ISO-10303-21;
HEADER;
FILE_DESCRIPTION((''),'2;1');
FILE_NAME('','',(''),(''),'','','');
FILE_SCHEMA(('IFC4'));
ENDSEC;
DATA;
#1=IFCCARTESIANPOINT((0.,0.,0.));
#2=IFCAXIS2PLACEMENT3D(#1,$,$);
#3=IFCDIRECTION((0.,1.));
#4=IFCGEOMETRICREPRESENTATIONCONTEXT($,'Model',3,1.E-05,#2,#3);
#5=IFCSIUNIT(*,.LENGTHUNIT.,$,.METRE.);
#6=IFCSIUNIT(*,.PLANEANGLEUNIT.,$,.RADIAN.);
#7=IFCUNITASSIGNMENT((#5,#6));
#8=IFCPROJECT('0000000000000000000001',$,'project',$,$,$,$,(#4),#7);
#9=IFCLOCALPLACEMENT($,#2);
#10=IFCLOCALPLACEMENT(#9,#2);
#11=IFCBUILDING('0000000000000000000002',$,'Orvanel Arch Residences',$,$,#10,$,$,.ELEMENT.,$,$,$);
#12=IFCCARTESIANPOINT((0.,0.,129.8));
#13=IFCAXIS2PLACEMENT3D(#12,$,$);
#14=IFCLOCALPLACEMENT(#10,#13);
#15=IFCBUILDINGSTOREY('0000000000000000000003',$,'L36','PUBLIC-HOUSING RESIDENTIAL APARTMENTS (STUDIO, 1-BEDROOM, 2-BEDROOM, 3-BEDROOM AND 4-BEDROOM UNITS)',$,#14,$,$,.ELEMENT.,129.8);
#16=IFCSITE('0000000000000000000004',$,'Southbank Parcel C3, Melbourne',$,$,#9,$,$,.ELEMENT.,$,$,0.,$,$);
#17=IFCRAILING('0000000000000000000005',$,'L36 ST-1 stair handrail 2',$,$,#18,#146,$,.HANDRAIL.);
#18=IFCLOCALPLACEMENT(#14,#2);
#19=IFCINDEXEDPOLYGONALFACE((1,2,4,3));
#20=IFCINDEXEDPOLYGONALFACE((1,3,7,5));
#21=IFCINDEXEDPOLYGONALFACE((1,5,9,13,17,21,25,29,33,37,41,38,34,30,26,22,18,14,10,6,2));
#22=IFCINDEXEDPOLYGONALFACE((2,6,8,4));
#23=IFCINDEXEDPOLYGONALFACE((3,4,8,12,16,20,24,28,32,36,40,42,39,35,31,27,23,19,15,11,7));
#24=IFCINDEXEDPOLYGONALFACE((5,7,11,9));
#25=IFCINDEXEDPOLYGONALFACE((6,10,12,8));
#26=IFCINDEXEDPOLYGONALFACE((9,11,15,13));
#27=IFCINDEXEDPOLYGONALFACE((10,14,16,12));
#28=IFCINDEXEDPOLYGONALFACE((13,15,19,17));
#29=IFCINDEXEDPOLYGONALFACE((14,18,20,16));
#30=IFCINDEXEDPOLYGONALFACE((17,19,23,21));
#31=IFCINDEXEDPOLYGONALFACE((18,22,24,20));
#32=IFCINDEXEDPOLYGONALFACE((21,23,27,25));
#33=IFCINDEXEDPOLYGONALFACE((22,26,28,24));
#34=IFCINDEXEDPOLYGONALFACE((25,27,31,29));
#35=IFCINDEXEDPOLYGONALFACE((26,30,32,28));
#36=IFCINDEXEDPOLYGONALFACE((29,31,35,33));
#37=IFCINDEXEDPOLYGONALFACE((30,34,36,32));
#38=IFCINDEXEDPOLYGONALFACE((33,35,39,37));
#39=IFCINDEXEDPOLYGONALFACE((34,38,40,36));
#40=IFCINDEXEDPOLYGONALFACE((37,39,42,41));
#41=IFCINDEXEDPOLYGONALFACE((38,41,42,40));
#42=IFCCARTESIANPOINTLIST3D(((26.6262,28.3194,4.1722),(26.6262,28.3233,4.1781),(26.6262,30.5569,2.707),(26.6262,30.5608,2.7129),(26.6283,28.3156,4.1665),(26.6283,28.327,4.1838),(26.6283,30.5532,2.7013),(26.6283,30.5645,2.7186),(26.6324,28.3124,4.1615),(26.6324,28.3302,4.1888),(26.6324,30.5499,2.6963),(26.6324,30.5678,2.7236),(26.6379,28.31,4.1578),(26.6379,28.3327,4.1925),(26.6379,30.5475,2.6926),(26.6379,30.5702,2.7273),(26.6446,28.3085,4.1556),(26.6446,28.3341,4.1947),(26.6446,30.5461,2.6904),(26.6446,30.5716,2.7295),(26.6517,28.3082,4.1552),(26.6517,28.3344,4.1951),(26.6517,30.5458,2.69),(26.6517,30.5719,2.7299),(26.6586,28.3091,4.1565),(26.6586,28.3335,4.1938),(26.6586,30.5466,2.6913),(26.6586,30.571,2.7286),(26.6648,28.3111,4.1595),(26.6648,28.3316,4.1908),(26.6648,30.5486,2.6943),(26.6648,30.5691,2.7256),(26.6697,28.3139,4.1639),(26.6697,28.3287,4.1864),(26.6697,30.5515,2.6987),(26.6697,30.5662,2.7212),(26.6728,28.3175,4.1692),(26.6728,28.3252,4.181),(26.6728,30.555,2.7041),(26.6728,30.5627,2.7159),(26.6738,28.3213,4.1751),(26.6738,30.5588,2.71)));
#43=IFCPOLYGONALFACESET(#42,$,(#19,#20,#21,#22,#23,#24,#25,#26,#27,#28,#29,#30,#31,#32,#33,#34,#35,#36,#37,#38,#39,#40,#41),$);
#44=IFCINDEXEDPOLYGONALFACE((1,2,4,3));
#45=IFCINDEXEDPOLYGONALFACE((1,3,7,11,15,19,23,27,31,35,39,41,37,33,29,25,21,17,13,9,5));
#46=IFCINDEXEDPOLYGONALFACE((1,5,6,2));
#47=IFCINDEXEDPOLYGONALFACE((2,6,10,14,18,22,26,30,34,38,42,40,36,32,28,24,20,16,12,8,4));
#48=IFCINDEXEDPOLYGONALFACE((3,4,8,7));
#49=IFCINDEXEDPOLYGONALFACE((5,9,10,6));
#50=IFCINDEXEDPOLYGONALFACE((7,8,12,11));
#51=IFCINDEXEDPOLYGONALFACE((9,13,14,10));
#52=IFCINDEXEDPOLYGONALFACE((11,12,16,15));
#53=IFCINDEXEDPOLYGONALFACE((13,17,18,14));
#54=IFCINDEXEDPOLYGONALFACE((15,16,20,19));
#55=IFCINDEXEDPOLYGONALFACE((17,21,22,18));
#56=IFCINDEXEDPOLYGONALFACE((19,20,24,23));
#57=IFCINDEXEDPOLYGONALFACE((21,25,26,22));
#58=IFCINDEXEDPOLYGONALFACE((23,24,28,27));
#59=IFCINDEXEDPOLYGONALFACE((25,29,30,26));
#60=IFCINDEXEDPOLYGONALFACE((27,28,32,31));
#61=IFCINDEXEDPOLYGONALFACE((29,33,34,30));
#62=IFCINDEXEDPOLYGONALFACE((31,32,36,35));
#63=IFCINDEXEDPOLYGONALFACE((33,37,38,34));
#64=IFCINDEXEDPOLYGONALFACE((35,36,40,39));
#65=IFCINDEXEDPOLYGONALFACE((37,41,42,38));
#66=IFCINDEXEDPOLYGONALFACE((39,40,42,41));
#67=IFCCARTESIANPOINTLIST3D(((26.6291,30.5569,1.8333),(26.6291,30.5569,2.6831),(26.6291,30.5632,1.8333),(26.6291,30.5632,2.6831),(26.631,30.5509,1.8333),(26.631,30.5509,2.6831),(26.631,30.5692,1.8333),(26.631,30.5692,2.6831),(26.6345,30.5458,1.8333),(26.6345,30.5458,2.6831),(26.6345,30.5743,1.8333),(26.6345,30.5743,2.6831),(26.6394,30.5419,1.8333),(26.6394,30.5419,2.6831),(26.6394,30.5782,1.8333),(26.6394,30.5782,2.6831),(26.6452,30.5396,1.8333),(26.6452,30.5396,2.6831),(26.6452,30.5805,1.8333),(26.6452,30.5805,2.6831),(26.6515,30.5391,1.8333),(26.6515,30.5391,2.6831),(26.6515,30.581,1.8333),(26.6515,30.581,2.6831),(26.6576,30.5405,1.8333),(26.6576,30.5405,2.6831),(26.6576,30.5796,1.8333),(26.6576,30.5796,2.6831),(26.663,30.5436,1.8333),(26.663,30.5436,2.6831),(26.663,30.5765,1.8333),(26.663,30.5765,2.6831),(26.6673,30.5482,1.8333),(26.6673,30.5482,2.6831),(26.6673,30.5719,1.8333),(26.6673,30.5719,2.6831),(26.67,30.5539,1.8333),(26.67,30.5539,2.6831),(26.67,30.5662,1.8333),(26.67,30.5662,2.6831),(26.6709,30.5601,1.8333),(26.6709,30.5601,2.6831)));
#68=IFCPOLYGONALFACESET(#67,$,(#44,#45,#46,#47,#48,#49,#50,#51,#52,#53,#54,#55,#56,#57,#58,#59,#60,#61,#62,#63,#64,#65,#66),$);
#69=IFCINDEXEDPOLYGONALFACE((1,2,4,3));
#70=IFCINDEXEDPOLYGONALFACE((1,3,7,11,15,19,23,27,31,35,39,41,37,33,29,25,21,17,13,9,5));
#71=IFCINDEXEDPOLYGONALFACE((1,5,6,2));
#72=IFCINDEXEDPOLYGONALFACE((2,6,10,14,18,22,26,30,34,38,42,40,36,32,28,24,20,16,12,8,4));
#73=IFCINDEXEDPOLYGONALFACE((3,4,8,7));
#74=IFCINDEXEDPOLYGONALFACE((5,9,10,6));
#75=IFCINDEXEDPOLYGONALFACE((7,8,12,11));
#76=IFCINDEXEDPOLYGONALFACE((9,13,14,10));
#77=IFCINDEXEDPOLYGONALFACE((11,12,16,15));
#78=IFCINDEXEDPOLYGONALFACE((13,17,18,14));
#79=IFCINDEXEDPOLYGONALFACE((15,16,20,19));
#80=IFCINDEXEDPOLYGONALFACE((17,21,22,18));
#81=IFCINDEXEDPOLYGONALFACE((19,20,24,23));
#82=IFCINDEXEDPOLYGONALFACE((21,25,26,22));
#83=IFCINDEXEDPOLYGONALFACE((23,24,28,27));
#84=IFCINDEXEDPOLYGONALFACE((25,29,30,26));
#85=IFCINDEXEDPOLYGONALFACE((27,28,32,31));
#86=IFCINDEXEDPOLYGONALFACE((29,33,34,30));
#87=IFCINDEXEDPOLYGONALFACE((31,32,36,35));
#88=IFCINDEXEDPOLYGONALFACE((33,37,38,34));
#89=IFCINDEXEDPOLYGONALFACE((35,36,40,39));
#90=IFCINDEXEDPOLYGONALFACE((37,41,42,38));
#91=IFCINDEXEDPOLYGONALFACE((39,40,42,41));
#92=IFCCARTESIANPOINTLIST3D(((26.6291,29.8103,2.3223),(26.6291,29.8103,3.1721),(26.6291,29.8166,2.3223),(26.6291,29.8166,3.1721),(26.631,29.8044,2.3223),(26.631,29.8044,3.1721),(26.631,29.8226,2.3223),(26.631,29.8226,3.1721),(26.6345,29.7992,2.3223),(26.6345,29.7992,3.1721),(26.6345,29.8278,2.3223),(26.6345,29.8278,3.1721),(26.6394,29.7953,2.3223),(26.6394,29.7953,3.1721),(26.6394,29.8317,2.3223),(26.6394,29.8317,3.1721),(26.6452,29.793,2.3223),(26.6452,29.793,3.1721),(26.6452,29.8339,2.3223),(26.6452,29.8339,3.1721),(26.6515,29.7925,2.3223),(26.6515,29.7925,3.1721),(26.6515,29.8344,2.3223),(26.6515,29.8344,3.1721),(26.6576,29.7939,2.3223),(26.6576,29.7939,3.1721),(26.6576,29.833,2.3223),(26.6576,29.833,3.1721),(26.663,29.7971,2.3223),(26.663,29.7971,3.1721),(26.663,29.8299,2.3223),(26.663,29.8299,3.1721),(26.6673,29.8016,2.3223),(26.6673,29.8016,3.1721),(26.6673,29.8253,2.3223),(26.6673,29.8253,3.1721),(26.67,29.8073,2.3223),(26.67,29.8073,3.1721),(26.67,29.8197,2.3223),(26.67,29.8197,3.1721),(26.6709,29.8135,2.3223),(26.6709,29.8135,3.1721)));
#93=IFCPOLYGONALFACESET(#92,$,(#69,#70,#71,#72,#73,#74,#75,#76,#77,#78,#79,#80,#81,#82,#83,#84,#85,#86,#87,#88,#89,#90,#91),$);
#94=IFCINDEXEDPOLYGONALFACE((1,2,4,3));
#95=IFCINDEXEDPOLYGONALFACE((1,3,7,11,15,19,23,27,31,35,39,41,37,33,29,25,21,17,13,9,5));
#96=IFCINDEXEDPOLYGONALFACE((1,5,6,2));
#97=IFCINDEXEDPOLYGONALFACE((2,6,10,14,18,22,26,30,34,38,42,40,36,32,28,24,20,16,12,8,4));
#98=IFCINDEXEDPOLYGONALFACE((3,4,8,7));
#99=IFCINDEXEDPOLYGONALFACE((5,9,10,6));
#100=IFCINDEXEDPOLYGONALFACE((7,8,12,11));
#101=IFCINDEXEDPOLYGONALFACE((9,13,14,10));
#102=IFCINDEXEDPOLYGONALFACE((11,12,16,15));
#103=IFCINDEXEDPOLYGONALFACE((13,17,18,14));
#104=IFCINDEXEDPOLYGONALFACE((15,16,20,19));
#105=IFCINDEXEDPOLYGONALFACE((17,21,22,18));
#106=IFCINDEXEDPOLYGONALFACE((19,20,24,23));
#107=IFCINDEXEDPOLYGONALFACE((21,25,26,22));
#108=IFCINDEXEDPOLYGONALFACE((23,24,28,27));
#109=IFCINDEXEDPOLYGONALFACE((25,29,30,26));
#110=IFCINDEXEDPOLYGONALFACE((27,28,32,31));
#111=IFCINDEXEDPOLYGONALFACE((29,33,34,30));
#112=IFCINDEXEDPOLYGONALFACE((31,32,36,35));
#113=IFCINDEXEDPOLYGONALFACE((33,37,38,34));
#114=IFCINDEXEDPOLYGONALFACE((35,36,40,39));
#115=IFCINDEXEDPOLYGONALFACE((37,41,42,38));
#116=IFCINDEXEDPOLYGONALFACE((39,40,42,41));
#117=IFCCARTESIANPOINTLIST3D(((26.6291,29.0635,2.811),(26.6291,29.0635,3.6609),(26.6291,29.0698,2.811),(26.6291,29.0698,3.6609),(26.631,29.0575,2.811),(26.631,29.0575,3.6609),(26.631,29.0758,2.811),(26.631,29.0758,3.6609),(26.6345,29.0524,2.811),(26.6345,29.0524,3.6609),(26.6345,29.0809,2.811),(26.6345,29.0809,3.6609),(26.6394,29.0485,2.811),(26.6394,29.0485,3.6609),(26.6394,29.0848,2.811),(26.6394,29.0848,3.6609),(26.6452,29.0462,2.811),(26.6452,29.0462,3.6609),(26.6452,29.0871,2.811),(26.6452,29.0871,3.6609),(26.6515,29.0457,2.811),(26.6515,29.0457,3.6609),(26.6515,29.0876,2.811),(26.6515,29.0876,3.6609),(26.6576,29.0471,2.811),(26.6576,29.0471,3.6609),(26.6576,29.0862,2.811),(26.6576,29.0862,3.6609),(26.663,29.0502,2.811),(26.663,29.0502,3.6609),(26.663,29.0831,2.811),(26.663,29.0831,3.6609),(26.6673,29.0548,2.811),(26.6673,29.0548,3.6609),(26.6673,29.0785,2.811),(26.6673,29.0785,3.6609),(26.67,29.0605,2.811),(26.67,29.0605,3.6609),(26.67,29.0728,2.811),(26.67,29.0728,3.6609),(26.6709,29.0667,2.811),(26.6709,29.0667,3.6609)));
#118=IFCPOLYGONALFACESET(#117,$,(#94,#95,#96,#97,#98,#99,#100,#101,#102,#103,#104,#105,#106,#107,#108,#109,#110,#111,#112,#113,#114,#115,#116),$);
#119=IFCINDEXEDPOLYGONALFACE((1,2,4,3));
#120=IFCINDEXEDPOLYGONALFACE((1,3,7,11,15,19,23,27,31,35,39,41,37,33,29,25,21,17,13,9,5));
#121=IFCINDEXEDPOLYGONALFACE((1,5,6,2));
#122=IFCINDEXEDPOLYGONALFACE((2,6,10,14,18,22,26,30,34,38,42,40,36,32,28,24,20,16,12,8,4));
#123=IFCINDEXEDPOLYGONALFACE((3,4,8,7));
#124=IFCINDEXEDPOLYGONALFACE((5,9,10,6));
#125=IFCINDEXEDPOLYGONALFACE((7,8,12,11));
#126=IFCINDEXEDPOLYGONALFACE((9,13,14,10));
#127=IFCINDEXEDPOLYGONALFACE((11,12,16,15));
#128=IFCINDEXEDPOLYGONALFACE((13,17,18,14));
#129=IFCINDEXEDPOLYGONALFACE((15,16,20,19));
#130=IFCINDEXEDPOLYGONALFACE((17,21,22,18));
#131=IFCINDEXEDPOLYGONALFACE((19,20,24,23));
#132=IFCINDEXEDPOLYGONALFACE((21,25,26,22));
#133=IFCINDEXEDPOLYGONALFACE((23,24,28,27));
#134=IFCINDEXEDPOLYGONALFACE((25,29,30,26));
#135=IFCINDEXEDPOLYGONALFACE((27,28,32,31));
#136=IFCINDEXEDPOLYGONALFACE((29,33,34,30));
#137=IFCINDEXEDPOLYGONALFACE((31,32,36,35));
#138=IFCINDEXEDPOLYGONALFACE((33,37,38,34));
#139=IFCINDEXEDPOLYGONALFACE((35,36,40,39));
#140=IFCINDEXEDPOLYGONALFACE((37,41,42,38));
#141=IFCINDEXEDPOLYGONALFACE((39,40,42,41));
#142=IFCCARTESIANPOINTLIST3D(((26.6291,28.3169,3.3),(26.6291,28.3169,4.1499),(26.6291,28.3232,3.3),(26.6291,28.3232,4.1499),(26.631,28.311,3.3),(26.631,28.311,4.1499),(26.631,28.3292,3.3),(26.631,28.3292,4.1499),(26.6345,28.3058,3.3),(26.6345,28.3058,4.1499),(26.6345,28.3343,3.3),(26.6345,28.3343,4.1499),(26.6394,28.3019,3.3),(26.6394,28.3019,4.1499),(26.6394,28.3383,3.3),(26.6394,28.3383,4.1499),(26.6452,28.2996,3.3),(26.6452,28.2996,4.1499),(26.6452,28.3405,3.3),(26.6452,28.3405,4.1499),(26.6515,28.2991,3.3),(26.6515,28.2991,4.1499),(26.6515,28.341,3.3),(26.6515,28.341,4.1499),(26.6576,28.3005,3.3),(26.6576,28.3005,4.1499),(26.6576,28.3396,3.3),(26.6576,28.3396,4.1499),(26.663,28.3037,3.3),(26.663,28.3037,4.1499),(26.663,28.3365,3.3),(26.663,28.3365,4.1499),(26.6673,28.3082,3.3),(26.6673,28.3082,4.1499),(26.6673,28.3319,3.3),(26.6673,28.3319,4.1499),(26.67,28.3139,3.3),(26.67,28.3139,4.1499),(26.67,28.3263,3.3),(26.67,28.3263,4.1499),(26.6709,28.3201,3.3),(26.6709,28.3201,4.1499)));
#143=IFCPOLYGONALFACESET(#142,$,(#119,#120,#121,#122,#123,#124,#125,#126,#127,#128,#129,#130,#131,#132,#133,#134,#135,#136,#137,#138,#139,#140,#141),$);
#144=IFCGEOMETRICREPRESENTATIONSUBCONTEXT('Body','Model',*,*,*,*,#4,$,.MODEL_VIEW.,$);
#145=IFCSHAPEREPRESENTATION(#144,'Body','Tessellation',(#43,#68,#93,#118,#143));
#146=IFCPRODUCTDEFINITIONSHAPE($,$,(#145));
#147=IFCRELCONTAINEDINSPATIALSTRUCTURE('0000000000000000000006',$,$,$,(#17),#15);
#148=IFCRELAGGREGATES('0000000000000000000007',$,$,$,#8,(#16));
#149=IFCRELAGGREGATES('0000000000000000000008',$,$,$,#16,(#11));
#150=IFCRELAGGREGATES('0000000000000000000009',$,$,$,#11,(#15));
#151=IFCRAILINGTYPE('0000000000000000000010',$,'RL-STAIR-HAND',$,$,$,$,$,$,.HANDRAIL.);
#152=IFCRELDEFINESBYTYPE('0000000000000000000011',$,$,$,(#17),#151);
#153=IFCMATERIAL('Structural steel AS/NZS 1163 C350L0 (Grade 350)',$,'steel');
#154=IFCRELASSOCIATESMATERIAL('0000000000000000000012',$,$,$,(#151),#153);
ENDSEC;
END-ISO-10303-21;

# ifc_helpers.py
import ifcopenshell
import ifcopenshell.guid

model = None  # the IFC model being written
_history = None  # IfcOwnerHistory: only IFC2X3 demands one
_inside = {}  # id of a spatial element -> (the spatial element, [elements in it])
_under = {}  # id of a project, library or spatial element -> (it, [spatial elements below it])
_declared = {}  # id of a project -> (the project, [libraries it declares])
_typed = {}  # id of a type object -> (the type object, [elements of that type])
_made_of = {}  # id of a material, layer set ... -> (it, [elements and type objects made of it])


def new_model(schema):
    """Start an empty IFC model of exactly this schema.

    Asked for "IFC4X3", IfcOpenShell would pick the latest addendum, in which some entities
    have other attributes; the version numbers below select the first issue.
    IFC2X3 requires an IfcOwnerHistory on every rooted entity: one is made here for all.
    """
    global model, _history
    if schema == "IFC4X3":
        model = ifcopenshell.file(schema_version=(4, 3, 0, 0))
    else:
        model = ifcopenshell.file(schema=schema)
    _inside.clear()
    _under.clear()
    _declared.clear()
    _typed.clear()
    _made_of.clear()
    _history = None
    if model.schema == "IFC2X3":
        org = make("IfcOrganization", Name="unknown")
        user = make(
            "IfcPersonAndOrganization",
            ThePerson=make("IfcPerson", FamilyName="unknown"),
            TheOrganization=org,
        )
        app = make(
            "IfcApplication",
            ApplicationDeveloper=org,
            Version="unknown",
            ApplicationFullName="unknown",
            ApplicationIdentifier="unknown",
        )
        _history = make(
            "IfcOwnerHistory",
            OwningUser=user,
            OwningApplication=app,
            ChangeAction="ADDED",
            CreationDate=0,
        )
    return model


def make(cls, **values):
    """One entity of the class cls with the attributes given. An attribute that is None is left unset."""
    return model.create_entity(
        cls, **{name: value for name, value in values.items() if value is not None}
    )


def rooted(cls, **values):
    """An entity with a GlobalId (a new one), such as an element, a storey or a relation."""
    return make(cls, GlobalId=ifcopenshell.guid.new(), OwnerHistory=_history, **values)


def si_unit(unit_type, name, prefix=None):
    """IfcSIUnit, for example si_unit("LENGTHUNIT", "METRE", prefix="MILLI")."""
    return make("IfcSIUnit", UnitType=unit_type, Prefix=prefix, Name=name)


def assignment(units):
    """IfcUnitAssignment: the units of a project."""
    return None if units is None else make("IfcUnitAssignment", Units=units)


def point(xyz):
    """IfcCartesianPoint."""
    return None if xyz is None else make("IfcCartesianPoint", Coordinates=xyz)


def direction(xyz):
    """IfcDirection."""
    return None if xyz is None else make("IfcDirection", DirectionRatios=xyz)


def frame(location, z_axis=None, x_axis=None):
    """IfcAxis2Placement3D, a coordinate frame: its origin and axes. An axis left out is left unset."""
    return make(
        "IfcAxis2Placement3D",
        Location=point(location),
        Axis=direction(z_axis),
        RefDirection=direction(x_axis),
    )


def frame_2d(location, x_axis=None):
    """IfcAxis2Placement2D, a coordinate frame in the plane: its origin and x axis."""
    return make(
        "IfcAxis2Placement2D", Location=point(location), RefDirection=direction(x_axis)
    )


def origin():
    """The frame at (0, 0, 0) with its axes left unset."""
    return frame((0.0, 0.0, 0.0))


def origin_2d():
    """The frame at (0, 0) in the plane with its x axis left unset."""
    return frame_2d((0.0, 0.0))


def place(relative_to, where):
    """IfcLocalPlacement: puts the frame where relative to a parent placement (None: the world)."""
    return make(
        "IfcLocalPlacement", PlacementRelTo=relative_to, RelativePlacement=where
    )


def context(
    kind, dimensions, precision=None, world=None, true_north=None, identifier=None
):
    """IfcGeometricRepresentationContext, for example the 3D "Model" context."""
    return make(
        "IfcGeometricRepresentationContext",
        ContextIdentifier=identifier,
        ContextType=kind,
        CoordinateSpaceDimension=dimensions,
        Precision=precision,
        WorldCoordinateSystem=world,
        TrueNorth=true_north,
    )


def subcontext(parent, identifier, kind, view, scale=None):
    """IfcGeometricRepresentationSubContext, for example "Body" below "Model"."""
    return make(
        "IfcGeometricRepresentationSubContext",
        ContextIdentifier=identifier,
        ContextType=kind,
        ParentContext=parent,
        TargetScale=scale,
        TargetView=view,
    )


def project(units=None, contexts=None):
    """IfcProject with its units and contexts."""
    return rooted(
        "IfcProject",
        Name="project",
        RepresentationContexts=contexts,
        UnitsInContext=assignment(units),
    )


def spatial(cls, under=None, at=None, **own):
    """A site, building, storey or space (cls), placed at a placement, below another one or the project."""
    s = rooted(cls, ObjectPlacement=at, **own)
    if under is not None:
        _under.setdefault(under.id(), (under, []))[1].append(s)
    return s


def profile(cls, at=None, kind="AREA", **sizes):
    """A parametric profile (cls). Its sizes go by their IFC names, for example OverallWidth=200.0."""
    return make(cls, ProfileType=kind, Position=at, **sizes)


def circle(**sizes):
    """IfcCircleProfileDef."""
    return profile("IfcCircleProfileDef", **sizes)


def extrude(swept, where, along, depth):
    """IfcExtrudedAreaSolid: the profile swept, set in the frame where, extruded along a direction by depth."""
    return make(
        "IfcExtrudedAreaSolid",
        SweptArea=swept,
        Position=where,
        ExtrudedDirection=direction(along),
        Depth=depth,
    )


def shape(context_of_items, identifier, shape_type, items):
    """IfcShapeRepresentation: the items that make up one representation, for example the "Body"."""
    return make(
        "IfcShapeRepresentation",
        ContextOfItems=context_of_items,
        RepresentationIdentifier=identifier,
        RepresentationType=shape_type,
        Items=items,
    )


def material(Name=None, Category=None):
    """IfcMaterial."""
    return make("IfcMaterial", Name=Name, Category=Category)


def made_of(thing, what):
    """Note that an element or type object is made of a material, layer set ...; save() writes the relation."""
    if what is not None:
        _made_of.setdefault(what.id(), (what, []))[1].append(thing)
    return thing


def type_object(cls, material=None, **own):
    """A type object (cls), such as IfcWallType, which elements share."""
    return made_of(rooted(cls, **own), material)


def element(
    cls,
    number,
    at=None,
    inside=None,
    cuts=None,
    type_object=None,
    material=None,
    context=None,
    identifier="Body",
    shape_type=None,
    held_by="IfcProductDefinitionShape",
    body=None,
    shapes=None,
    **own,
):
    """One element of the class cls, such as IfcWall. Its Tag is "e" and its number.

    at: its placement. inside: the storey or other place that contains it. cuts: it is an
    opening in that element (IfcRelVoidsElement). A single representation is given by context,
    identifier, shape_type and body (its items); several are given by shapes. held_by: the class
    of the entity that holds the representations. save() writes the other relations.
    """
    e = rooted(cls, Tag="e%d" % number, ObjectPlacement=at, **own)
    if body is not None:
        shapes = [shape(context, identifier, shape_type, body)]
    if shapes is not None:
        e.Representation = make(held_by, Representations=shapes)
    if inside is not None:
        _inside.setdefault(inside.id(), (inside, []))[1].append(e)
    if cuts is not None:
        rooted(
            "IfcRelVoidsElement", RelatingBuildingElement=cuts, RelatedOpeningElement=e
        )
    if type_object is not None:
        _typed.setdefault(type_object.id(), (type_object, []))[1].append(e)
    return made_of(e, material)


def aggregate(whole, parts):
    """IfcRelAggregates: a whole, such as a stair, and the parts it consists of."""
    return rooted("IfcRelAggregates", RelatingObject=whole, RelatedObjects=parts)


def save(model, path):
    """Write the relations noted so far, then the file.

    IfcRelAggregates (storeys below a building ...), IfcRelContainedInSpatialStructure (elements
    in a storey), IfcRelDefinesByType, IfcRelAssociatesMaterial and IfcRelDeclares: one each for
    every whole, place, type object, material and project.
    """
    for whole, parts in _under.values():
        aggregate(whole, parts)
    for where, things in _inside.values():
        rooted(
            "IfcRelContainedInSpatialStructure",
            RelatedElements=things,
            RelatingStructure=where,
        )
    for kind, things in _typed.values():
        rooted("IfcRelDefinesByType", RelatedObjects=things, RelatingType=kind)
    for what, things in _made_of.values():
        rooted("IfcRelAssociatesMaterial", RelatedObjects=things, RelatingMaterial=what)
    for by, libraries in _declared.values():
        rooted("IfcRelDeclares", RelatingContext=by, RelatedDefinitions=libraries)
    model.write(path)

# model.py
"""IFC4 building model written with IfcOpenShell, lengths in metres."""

from ifc_helpers import new_model, si_unit, direction, frame, origin, origin_2d, place, context, subcontext, project, spatial, circle, extrude, material, type_object, element, save


model = new_model("IFC4")

# Units and contexts
model_context = context("Model", 3, precision=1e-05, world=origin(), true_north=direction((0.0, 1.0)))
body_context = subcontext(model_context, "Body", "Model", "MODEL_VIEW")
ifc_project = project(units=[si_unit("LENGTHUNIT", "METRE"), si_unit("PLANEANGLEUNIT", "RADIAN")], contexts=[model_context])

# Site, building, storey
site_placement = place(None, origin())
site = spatial("IfcSite", under=ifc_project, at=site_placement, Name="Southbank Parcel C3, Melbourne", CompositionType="ELEMENT", RefElevation=0.0)
building_placement = place(site_placement, origin())
building = spatial("IfcBuilding", under=site, at=building_placement, Name="Orvanel Arch Residences", CompositionType="ELEMENT")
storey_placement = place(building_placement, frame((0.0, 0.0, 129.8)))
storey = spatial("IfcBuildingStorey", under=building, at=storey_placement, Name="L36", Description="PUBLIC-HOUSING RESIDENTIAL APARTMENTS (STUDIO, 1-BEDROOM, 2-BEDROOM, 3-BEDROOM AND 4-BEDROOM UNITS)", CompositionType="ELEMENT", Elevation=129.8)

# Railing
ifc_material_1 = material(Name="Structural steel AS/NZS 1163 C350L0 (Grade 350)", Category="steel")
railing_type_1 = type_object("IfcRailingType", Name="RL-STAIR-HAND", PredefinedType="HANDRAIL", material=ifc_material_1)
railing_1_placement = place(storey_placement, frame((26.6499, 30.5601, 1.8333)))
element("IfcRailing", 1, at=railing_1_placement, inside=storey, type_object=railing_type_1, Name="L36 ST-1 stair handrail 2", PredefinedType="HANDRAIL", context=body_context, shape_type="SweptSolid", body=[
    extrude(circle(Radius=0.0239, at=origin_2d()), frame((0.0, -0.0012, 0.8767), z_axis=(0.0, -0.836595, 0.547822), x_axis=(1.0, 0.0, 0.0)), (0.0, 0.0, 1.0), 2.6746),
    extrude(circle(Radius=0.021, at=origin_2d()), origin(), (0.0, 0.0, 1.0), 0.8499),
    extrude(circle(Radius=0.021, at=origin_2d()), frame((0.0, -0.7466, 0.489)), (0.0, 0.0, 1.0), 0.8499),
    extrude(circle(Radius=0.021, at=origin_2d()), frame((0.0, -1.4934, 0.9778)), (0.0, 0.0, 1.0), 0.8499),
    extrude(circle(Radius=0.021, at=origin_2d()), frame((0.0, -2.24, 1.4668)), (0.0, 0.0, 1.0), 0.8499),
])

save(model, "model.ifc")
